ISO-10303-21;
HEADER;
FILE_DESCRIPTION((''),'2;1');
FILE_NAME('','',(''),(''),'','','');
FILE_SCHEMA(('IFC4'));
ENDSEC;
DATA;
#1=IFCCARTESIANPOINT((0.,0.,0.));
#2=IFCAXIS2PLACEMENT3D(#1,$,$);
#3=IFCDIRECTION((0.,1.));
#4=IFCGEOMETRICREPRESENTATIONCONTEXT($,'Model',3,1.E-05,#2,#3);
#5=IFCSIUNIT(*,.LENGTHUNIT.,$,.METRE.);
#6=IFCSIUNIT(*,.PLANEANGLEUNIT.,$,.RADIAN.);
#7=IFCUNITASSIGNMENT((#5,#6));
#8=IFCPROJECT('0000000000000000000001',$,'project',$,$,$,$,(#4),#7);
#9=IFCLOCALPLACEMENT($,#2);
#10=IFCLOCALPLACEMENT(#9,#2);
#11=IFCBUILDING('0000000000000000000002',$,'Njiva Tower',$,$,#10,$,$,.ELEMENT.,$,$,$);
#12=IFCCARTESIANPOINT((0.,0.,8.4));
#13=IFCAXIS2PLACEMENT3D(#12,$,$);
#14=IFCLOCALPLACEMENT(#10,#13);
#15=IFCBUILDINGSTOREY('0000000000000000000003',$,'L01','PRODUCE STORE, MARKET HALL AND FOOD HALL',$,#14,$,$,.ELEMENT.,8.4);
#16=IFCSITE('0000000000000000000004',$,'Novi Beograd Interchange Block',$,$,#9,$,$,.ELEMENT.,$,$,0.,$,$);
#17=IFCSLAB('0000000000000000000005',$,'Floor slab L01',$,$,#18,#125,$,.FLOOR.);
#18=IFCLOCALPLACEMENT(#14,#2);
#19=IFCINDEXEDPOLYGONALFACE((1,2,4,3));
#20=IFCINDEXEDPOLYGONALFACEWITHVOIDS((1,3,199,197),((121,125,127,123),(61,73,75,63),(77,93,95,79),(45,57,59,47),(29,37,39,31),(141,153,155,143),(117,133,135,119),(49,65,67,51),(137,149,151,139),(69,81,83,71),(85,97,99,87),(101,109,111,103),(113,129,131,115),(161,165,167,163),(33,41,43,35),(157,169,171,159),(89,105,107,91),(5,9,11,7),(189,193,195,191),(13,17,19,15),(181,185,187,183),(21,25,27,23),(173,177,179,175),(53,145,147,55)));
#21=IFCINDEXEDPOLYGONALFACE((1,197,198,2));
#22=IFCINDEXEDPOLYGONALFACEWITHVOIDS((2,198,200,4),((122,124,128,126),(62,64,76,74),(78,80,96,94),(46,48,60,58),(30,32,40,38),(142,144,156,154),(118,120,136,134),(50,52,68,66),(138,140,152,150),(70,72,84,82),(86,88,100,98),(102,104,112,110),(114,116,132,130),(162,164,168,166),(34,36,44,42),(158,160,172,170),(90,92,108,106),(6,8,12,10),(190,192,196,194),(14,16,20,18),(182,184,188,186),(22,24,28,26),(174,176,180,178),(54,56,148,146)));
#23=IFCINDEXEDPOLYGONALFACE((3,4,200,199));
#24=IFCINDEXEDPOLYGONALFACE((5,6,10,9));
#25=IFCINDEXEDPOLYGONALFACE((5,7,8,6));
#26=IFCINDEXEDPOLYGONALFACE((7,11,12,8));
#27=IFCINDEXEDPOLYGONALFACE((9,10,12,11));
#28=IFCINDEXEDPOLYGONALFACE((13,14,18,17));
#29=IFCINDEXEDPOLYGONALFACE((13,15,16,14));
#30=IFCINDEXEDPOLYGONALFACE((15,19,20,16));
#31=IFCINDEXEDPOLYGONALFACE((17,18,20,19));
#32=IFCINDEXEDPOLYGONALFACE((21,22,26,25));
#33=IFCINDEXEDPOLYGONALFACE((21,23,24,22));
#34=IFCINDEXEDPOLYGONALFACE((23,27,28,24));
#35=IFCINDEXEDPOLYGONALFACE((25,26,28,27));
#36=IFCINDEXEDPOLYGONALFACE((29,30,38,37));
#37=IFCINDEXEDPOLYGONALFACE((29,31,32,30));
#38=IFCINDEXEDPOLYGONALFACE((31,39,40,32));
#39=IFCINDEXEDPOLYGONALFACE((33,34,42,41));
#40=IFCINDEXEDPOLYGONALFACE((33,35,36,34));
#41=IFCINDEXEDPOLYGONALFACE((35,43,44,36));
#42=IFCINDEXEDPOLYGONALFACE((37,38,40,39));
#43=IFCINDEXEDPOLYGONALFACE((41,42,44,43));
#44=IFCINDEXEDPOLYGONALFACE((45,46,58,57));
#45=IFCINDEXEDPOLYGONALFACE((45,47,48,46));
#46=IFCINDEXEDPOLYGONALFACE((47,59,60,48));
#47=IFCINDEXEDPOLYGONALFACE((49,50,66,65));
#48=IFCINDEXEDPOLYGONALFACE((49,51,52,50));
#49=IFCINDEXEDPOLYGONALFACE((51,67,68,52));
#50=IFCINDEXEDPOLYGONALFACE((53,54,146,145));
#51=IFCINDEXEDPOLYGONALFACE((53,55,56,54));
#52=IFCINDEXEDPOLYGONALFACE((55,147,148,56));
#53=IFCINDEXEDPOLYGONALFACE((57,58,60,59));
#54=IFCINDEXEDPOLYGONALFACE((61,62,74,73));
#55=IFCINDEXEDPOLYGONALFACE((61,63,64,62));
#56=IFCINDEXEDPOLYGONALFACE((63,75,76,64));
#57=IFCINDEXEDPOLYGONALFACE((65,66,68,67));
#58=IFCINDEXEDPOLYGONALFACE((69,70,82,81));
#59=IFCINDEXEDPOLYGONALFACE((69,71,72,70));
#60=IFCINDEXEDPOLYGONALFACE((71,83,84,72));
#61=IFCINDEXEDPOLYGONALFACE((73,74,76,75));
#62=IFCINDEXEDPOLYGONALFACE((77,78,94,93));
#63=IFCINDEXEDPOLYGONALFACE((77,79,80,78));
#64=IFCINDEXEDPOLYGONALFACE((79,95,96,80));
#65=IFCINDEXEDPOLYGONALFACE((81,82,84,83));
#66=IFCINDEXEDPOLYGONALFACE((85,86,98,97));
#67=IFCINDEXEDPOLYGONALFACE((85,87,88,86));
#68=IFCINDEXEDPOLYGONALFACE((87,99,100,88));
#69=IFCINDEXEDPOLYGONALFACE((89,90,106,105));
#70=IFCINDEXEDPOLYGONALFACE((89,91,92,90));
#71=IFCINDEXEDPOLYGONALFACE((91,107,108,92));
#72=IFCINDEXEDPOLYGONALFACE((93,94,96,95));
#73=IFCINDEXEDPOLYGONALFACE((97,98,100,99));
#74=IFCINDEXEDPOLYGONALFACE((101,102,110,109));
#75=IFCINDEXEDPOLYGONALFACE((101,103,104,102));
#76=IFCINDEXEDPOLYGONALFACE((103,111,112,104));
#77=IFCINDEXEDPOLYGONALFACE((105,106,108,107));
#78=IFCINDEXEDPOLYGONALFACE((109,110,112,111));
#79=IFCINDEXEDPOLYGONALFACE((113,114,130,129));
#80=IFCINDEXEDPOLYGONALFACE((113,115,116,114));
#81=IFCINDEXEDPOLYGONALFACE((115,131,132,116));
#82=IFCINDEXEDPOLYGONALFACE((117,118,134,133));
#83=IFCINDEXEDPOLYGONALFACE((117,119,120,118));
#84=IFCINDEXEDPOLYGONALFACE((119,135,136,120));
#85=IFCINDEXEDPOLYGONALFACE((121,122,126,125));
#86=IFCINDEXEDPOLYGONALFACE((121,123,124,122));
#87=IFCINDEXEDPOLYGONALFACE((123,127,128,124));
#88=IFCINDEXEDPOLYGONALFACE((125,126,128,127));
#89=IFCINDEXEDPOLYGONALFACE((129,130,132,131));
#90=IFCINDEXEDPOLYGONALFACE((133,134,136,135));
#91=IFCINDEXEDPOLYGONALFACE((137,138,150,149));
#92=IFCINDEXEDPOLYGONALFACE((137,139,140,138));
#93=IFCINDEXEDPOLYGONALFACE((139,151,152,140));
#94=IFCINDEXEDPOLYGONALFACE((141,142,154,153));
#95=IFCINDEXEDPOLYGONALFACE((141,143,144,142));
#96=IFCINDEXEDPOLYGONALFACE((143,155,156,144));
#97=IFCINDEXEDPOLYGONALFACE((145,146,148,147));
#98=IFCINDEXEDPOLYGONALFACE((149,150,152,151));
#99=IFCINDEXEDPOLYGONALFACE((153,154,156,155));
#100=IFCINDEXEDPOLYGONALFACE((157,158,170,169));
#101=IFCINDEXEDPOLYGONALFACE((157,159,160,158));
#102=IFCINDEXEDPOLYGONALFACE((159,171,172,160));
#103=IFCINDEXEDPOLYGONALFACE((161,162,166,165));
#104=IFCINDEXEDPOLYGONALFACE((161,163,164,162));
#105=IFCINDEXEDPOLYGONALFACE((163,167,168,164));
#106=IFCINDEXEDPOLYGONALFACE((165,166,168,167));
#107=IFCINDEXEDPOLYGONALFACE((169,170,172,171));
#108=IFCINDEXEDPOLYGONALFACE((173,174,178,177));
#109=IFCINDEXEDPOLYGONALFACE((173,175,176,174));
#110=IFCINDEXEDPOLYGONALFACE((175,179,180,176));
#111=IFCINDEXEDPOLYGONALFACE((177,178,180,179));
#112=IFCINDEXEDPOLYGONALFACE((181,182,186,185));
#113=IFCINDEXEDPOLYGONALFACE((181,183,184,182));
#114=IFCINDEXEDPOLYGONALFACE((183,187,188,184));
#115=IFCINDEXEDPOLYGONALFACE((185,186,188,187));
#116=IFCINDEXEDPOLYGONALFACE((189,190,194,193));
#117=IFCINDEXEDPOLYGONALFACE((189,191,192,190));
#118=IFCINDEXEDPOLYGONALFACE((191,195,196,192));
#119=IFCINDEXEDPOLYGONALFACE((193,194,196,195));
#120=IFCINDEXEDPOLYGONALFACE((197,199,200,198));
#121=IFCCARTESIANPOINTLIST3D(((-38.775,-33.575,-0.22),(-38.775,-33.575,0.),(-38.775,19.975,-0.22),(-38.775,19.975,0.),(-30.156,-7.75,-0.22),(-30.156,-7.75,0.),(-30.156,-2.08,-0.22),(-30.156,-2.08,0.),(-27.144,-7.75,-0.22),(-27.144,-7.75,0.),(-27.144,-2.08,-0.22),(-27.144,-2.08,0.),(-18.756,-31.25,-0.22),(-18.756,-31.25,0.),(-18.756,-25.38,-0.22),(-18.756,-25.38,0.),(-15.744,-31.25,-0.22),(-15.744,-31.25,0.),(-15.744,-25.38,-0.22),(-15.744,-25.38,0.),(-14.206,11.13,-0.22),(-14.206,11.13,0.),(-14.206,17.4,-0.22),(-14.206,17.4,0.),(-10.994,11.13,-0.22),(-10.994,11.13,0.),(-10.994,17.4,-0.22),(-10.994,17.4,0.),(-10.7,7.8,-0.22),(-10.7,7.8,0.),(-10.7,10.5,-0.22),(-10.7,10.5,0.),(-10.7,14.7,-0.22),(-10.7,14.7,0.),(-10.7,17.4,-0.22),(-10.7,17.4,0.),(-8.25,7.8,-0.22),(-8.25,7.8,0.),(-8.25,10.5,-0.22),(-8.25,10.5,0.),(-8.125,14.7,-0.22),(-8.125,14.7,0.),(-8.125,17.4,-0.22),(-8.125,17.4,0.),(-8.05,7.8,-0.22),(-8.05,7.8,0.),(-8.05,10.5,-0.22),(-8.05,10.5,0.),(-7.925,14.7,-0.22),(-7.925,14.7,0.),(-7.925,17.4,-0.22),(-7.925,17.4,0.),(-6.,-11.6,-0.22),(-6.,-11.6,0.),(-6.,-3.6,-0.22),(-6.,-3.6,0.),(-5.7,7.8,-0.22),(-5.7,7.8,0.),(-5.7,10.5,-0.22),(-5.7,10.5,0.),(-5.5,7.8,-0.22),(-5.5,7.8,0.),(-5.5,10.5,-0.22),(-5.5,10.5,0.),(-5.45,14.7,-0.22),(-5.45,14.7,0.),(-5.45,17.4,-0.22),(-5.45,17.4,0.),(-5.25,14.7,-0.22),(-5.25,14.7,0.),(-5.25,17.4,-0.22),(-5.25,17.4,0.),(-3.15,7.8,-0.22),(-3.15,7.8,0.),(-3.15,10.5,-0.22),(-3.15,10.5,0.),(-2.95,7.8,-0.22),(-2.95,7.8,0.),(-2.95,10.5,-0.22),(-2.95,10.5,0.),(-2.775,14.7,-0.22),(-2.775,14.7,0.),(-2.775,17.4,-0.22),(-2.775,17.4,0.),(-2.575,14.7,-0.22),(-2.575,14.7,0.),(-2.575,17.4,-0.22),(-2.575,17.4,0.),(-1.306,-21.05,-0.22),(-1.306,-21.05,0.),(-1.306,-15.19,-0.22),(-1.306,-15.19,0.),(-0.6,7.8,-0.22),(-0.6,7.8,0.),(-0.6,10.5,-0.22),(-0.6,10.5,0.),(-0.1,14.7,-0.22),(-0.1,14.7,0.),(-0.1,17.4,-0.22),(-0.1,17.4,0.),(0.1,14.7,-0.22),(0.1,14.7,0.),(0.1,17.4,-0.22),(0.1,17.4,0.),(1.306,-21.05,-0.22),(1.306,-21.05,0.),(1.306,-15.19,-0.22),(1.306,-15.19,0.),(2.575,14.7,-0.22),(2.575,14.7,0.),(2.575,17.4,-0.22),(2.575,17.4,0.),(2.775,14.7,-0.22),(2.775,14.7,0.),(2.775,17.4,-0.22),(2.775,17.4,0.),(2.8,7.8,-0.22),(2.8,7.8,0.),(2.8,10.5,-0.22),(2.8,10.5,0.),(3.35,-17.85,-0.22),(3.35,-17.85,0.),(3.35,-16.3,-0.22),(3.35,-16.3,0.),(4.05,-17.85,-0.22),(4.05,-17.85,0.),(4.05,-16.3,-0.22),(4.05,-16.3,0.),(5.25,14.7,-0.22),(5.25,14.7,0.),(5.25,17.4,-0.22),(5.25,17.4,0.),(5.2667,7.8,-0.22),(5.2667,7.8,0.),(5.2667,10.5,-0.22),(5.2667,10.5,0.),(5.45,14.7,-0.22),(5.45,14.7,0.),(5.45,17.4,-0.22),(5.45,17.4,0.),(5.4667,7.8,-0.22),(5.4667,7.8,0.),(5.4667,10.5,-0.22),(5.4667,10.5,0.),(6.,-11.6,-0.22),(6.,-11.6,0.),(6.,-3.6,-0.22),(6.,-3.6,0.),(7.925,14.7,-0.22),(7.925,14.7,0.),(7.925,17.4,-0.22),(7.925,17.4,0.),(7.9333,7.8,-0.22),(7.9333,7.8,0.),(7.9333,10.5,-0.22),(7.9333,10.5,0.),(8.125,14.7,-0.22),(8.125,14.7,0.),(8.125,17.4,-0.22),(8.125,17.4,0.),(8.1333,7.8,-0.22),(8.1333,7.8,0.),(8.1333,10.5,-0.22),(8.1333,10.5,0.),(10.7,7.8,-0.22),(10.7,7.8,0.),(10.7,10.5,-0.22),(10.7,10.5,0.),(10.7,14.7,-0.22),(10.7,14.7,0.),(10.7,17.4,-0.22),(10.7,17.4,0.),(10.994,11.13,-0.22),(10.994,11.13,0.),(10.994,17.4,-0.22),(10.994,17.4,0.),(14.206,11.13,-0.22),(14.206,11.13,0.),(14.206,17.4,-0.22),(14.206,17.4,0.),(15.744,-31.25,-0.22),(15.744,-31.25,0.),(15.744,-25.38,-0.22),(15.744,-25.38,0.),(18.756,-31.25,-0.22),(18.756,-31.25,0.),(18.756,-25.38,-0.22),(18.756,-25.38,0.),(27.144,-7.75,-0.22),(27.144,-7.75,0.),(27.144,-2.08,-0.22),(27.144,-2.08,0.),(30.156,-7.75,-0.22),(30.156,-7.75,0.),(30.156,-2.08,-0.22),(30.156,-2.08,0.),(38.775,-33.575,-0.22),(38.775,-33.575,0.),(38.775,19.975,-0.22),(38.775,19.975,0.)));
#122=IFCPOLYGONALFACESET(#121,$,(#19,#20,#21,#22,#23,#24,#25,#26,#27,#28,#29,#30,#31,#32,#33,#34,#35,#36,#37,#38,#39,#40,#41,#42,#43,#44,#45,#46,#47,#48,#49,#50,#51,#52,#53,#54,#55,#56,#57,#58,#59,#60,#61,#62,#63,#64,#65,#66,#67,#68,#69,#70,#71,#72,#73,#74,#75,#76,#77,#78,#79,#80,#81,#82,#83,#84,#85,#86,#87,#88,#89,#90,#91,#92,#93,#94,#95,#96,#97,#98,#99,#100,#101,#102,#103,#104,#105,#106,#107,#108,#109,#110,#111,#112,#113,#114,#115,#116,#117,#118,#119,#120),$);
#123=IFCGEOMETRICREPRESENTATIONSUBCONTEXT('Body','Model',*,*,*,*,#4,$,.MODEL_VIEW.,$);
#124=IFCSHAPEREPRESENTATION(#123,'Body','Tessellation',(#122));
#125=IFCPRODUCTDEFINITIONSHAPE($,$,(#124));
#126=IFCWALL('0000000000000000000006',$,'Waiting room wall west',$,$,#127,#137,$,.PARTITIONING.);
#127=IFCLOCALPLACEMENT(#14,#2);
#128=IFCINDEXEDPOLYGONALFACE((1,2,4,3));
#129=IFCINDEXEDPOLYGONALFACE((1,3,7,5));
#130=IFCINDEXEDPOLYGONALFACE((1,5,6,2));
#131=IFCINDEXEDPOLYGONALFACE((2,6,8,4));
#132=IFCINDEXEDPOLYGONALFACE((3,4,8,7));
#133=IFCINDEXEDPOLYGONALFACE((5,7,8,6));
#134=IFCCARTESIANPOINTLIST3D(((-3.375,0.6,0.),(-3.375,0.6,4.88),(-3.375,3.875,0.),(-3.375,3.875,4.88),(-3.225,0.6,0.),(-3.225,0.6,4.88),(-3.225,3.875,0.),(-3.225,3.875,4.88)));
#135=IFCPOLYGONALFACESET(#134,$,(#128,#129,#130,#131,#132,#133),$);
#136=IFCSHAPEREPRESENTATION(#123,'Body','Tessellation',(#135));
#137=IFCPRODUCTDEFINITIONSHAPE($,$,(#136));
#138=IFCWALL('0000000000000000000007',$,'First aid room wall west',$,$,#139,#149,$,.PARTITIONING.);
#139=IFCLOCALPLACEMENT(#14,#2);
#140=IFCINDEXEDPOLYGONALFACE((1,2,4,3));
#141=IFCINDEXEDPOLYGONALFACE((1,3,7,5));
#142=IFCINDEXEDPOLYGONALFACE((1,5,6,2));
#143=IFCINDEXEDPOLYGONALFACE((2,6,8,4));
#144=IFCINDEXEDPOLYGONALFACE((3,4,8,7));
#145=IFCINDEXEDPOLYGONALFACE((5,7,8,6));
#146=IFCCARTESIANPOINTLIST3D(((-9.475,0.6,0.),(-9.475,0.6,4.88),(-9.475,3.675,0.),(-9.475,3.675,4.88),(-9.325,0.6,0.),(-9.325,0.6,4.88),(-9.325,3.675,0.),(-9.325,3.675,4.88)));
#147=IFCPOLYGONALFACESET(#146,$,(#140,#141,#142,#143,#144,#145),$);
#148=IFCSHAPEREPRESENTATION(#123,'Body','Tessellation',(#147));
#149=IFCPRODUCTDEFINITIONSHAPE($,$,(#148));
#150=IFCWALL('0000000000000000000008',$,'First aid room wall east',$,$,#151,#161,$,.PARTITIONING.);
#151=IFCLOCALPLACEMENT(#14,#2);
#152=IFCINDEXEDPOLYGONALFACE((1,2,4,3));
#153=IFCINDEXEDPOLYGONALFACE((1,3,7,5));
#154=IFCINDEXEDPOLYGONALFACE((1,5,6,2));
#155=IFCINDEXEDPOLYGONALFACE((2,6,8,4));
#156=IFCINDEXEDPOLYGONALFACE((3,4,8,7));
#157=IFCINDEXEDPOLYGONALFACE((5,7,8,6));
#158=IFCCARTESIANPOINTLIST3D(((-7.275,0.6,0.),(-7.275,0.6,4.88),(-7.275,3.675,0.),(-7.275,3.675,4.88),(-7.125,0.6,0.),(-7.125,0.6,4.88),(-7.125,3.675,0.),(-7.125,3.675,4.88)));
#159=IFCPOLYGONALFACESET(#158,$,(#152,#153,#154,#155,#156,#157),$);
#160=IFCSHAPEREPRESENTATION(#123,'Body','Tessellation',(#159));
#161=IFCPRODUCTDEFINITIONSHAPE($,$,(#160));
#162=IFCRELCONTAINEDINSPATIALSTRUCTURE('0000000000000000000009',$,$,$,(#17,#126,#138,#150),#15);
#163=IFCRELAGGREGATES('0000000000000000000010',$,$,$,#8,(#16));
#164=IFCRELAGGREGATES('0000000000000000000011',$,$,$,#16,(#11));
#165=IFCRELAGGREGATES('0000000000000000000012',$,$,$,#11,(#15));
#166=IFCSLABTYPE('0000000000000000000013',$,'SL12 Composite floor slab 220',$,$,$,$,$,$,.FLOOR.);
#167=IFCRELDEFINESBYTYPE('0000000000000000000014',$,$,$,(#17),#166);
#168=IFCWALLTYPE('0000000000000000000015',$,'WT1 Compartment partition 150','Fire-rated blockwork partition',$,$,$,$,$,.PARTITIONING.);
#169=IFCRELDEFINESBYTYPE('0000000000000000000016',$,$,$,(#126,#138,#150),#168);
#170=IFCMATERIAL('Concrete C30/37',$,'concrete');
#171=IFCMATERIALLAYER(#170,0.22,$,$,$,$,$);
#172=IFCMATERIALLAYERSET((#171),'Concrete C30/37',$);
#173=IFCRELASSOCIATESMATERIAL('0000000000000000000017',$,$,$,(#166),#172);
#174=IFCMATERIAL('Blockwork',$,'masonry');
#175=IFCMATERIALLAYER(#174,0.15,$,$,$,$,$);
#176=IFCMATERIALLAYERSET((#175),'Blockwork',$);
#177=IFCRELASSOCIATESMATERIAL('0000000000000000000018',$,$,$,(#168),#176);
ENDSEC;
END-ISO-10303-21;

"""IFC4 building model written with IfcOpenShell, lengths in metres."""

from ifc_helpers import new_model, si_unit, direction, frame, frame_2d, origin, place, context, subcontext, project, spatial, polyline, rectangle, outline, extrude, material, layer, layer_set, type_object, element, save


model = new_model("IFC4")

# Units and contexts
model_context = context("Model", 3, precision=1e-05, world=origin(), true_north=direction((0.0, 1.0)))
body_context = subcontext(model_context, "Body", "Model", "MODEL_VIEW")
ifc_project = project(units=[si_unit("LENGTHUNIT", "METRE"), si_unit("PLANEANGLEUNIT", "RADIAN")], contexts=[model_context])

# Site, building, storey
site_placement = place(None, origin())
site = spatial("IfcSite", under=ifc_project, at=site_placement, Name="Novi Beograd Interchange Block", CompositionType="ELEMENT", RefElevation=0.0)
building_placement = place(site_placement, origin())
building = spatial("IfcBuilding", under=site, at=building_placement, Name="Njiva Tower", CompositionType="ELEMENT")
storey_placement = place(building_placement, frame((0.0, 0.0, 8.4)))
storey = spatial("IfcBuildingStorey", under=building, at=storey_placement, Name="L01", Description="PRODUCE STORE, MARKET HALL AND FOOD HALL", CompositionType="ELEMENT", Elevation=8.4)

# Slab
ifc_material_1 = material(Name="Concrete C30/37", Category="concrete")
ifc_layer_1 = layer(ifc_material_1, 0.22)
ifc_layer_set_1 = layer_set([ifc_layer_1], Name="Concrete C30/37")
slab_type = type_object("IfcSlabType", Name="SL12 Composite floor slab 220", PredefinedType="FLOOR", material=ifc_layer_set_1)
slab_placement = place(storey_placement, frame((0.0, 0.0, -0.22)))
element("IfcSlab", 1, at=slab_placement, inside=storey, type_object=slab_type, Name="Floor slab L01", PredefinedType="FLOOR", context=body_context, shape_type="SweptSolid", body=[
    extrude(outline(polyline([(-38.775, -33.575), (-38.775, 19.975), (38.775, 19.975), (38.775, -33.575), (-38.775, -33.575)]), holes=[polyline([(27.144, -7.75), (30.156, -7.75), (30.156, -2.08), (27.144, -2.08), (27.144, -7.75)]), polyline([(15.744, -31.25), (18.756, -31.25), (18.756, -25.38), (15.744, -25.38), (15.744, -31.25)]), polyline([(10.994, 17.4), (10.994, 11.13), (14.206, 11.13), (14.206, 17.4), (10.994, 17.4)]), polyline([(8.125, 17.4), (8.125, 14.7), (10.7, 14.7), (10.7, 17.4), (8.125, 17.4)]), polyline([(8.1333, 7.8), (10.7, 7.8), (10.7, 10.5), (8.1333, 10.5), (8.1333, 7.8)]), polyline([(5.4667, 10.5), (5.4667, 7.8), (7.9333, 7.8), (7.9333, 10.5), (5.4667, 10.5)]), polyline([(5.45, 17.4), (5.45, 14.7), (7.925, 14.7), (7.925, 17.4), (5.45, 17.4)]), polyline([(-6.0, -11.6), (6.0, -11.6), (6.0, -3.6), (-6.0, -3.6), (-6.0, -11.6)]), polyline([(2.8, 10.5), (2.8, 7.8), (5.2667, 7.8), (5.2667, 10.5), (2.8, 10.5)]), polyline([(2.775, 14.7), (5.25, 14.7), (5.25, 17.4), (2.775, 17.4), (2.775, 14.7)]), polyline([(3.35, -16.3), (3.35, -17.85), (4.05, -17.85), (4.05, -16.3), (3.35, -16.3)]), polyline([(0.1, 17.4), (0.1, 14.7), (2.575, 14.7), (2.575, 17.4), (0.1, 17.4)]), polyline([(-1.306, -15.19), (-1.306, -21.05), (1.306, -21.05), (1.306, -15.19), (-1.306, -15.19)]), polyline([(-2.575, 17.4), (-2.575, 14.7), (-0.1, 14.7), (-0.1, 17.4), (-2.575, 17.4)]), polyline([(-2.95, 7.8), (-0.6, 7.8), (-0.6, 10.5), (-2.95, 10.5), (-2.95, 7.8)]), polyline([(-5.25, 17.4), (-5.25, 14.7), (-2.775, 14.7), (-2.775, 17.4), (-5.25, 17.4)]), polyline([(-5.5, 10.5), (-5.5, 7.8), (-3.15, 7.8), (-3.15, 10.5), (-5.5, 10.5)]), polyline([(-7.925, 14.7), (-5.45, 14.7), (-5.45, 17.4), (-7.925, 17.4), (-7.925, 14.7)]), polyline([(-8.05, 10.5), (-8.05, 7.8), (-5.7, 7.8), (-5.7, 10.5), (-8.05, 10.5)]), polyline([(-10.7, 17.4), (-10.7, 14.7), (-8.125, 14.7), (-8.125, 17.4), (-10.7, 17.4)]), polyline([(-10.7, 7.8), (-8.25, 7.8), (-8.25, 10.5), (-10.7, 10.5), (-10.7, 7.8)]), polyline([(-14.206, 17.4), (-14.206, 11.13), (-10.994, 11.13), (-10.994, 17.4), (-14.206, 17.4)]), polyline([(-18.756, -31.25), (-15.744, -31.25), (-15.744, -25.38), (-18.756, -25.38), (-18.756, -31.25)]), polyline([(-30.156, -2.08), (-30.156, -7.75), (-27.144, -7.75), (-27.144, -2.08), (-30.156, -2.08)])]), origin(), (0.0, 0.0, 1.0), 0.22),
])

# Walls
ifc_material_2 = material(Name="Blockwork", Category="masonry")
ifc_layer_2 = layer(ifc_material_2, 0.15)
ifc_layer_set_2 = layer_set([ifc_layer_2], Name="Blockwork")
wall_type_1 = type_object("IfcWallType", Name="WT1 Compartment partition 150", Description="Fire-rated blockwork partition", PredefinedType="PARTITIONING", material=ifc_layer_set_2)
wall_1_placement = place(storey_placement, frame((-3.3, 0.6, 0.0), z_axis=(0.0, 0.0, 1.0), x_axis=(0.0, 1.0, 0.0)))
element("IfcWall", 2, at=wall_1_placement, inside=storey, type_object=wall_type_1, Name="Waiting room wall west", PredefinedType="PARTITIONING", context=body_context, shape_type="SweptSolid", body=[
    extrude(rectangle(XDim=3.275, YDim=0.15, at=frame_2d((1.6375, 0.0))), origin(), (0.0, 0.0, 1.0), 4.88),
])
for number, where, z_axis, x_axis, name in (
    (3, (-9.4, 0.6, 0.0), (0.0, 0.0, 1.0), (0.0, 1.0, 0.0), "First aid room wall west"),
    (4, (-7.2, 0.6, 0.0), (0.0, 0.0, 1.0), (0.0, 1.0, 0.0), "First aid room wall east"),
):
    element("IfcWall", number, at=place(storey_placement, frame(where, z_axis=z_axis, x_axis=x_axis)), inside=storey, type_object=wall_type_1, Name=name, PredefinedType="PARTITIONING", context=body_context, shape_type="SweptSolid", body=[
        extrude(rectangle(XDim=3.075, YDim=0.15, at=frame_2d((1.5375, 0.0))), origin(), (0.0, 0.0, 1.0), 4.88),
    ])

save(model, "model.ifc")
